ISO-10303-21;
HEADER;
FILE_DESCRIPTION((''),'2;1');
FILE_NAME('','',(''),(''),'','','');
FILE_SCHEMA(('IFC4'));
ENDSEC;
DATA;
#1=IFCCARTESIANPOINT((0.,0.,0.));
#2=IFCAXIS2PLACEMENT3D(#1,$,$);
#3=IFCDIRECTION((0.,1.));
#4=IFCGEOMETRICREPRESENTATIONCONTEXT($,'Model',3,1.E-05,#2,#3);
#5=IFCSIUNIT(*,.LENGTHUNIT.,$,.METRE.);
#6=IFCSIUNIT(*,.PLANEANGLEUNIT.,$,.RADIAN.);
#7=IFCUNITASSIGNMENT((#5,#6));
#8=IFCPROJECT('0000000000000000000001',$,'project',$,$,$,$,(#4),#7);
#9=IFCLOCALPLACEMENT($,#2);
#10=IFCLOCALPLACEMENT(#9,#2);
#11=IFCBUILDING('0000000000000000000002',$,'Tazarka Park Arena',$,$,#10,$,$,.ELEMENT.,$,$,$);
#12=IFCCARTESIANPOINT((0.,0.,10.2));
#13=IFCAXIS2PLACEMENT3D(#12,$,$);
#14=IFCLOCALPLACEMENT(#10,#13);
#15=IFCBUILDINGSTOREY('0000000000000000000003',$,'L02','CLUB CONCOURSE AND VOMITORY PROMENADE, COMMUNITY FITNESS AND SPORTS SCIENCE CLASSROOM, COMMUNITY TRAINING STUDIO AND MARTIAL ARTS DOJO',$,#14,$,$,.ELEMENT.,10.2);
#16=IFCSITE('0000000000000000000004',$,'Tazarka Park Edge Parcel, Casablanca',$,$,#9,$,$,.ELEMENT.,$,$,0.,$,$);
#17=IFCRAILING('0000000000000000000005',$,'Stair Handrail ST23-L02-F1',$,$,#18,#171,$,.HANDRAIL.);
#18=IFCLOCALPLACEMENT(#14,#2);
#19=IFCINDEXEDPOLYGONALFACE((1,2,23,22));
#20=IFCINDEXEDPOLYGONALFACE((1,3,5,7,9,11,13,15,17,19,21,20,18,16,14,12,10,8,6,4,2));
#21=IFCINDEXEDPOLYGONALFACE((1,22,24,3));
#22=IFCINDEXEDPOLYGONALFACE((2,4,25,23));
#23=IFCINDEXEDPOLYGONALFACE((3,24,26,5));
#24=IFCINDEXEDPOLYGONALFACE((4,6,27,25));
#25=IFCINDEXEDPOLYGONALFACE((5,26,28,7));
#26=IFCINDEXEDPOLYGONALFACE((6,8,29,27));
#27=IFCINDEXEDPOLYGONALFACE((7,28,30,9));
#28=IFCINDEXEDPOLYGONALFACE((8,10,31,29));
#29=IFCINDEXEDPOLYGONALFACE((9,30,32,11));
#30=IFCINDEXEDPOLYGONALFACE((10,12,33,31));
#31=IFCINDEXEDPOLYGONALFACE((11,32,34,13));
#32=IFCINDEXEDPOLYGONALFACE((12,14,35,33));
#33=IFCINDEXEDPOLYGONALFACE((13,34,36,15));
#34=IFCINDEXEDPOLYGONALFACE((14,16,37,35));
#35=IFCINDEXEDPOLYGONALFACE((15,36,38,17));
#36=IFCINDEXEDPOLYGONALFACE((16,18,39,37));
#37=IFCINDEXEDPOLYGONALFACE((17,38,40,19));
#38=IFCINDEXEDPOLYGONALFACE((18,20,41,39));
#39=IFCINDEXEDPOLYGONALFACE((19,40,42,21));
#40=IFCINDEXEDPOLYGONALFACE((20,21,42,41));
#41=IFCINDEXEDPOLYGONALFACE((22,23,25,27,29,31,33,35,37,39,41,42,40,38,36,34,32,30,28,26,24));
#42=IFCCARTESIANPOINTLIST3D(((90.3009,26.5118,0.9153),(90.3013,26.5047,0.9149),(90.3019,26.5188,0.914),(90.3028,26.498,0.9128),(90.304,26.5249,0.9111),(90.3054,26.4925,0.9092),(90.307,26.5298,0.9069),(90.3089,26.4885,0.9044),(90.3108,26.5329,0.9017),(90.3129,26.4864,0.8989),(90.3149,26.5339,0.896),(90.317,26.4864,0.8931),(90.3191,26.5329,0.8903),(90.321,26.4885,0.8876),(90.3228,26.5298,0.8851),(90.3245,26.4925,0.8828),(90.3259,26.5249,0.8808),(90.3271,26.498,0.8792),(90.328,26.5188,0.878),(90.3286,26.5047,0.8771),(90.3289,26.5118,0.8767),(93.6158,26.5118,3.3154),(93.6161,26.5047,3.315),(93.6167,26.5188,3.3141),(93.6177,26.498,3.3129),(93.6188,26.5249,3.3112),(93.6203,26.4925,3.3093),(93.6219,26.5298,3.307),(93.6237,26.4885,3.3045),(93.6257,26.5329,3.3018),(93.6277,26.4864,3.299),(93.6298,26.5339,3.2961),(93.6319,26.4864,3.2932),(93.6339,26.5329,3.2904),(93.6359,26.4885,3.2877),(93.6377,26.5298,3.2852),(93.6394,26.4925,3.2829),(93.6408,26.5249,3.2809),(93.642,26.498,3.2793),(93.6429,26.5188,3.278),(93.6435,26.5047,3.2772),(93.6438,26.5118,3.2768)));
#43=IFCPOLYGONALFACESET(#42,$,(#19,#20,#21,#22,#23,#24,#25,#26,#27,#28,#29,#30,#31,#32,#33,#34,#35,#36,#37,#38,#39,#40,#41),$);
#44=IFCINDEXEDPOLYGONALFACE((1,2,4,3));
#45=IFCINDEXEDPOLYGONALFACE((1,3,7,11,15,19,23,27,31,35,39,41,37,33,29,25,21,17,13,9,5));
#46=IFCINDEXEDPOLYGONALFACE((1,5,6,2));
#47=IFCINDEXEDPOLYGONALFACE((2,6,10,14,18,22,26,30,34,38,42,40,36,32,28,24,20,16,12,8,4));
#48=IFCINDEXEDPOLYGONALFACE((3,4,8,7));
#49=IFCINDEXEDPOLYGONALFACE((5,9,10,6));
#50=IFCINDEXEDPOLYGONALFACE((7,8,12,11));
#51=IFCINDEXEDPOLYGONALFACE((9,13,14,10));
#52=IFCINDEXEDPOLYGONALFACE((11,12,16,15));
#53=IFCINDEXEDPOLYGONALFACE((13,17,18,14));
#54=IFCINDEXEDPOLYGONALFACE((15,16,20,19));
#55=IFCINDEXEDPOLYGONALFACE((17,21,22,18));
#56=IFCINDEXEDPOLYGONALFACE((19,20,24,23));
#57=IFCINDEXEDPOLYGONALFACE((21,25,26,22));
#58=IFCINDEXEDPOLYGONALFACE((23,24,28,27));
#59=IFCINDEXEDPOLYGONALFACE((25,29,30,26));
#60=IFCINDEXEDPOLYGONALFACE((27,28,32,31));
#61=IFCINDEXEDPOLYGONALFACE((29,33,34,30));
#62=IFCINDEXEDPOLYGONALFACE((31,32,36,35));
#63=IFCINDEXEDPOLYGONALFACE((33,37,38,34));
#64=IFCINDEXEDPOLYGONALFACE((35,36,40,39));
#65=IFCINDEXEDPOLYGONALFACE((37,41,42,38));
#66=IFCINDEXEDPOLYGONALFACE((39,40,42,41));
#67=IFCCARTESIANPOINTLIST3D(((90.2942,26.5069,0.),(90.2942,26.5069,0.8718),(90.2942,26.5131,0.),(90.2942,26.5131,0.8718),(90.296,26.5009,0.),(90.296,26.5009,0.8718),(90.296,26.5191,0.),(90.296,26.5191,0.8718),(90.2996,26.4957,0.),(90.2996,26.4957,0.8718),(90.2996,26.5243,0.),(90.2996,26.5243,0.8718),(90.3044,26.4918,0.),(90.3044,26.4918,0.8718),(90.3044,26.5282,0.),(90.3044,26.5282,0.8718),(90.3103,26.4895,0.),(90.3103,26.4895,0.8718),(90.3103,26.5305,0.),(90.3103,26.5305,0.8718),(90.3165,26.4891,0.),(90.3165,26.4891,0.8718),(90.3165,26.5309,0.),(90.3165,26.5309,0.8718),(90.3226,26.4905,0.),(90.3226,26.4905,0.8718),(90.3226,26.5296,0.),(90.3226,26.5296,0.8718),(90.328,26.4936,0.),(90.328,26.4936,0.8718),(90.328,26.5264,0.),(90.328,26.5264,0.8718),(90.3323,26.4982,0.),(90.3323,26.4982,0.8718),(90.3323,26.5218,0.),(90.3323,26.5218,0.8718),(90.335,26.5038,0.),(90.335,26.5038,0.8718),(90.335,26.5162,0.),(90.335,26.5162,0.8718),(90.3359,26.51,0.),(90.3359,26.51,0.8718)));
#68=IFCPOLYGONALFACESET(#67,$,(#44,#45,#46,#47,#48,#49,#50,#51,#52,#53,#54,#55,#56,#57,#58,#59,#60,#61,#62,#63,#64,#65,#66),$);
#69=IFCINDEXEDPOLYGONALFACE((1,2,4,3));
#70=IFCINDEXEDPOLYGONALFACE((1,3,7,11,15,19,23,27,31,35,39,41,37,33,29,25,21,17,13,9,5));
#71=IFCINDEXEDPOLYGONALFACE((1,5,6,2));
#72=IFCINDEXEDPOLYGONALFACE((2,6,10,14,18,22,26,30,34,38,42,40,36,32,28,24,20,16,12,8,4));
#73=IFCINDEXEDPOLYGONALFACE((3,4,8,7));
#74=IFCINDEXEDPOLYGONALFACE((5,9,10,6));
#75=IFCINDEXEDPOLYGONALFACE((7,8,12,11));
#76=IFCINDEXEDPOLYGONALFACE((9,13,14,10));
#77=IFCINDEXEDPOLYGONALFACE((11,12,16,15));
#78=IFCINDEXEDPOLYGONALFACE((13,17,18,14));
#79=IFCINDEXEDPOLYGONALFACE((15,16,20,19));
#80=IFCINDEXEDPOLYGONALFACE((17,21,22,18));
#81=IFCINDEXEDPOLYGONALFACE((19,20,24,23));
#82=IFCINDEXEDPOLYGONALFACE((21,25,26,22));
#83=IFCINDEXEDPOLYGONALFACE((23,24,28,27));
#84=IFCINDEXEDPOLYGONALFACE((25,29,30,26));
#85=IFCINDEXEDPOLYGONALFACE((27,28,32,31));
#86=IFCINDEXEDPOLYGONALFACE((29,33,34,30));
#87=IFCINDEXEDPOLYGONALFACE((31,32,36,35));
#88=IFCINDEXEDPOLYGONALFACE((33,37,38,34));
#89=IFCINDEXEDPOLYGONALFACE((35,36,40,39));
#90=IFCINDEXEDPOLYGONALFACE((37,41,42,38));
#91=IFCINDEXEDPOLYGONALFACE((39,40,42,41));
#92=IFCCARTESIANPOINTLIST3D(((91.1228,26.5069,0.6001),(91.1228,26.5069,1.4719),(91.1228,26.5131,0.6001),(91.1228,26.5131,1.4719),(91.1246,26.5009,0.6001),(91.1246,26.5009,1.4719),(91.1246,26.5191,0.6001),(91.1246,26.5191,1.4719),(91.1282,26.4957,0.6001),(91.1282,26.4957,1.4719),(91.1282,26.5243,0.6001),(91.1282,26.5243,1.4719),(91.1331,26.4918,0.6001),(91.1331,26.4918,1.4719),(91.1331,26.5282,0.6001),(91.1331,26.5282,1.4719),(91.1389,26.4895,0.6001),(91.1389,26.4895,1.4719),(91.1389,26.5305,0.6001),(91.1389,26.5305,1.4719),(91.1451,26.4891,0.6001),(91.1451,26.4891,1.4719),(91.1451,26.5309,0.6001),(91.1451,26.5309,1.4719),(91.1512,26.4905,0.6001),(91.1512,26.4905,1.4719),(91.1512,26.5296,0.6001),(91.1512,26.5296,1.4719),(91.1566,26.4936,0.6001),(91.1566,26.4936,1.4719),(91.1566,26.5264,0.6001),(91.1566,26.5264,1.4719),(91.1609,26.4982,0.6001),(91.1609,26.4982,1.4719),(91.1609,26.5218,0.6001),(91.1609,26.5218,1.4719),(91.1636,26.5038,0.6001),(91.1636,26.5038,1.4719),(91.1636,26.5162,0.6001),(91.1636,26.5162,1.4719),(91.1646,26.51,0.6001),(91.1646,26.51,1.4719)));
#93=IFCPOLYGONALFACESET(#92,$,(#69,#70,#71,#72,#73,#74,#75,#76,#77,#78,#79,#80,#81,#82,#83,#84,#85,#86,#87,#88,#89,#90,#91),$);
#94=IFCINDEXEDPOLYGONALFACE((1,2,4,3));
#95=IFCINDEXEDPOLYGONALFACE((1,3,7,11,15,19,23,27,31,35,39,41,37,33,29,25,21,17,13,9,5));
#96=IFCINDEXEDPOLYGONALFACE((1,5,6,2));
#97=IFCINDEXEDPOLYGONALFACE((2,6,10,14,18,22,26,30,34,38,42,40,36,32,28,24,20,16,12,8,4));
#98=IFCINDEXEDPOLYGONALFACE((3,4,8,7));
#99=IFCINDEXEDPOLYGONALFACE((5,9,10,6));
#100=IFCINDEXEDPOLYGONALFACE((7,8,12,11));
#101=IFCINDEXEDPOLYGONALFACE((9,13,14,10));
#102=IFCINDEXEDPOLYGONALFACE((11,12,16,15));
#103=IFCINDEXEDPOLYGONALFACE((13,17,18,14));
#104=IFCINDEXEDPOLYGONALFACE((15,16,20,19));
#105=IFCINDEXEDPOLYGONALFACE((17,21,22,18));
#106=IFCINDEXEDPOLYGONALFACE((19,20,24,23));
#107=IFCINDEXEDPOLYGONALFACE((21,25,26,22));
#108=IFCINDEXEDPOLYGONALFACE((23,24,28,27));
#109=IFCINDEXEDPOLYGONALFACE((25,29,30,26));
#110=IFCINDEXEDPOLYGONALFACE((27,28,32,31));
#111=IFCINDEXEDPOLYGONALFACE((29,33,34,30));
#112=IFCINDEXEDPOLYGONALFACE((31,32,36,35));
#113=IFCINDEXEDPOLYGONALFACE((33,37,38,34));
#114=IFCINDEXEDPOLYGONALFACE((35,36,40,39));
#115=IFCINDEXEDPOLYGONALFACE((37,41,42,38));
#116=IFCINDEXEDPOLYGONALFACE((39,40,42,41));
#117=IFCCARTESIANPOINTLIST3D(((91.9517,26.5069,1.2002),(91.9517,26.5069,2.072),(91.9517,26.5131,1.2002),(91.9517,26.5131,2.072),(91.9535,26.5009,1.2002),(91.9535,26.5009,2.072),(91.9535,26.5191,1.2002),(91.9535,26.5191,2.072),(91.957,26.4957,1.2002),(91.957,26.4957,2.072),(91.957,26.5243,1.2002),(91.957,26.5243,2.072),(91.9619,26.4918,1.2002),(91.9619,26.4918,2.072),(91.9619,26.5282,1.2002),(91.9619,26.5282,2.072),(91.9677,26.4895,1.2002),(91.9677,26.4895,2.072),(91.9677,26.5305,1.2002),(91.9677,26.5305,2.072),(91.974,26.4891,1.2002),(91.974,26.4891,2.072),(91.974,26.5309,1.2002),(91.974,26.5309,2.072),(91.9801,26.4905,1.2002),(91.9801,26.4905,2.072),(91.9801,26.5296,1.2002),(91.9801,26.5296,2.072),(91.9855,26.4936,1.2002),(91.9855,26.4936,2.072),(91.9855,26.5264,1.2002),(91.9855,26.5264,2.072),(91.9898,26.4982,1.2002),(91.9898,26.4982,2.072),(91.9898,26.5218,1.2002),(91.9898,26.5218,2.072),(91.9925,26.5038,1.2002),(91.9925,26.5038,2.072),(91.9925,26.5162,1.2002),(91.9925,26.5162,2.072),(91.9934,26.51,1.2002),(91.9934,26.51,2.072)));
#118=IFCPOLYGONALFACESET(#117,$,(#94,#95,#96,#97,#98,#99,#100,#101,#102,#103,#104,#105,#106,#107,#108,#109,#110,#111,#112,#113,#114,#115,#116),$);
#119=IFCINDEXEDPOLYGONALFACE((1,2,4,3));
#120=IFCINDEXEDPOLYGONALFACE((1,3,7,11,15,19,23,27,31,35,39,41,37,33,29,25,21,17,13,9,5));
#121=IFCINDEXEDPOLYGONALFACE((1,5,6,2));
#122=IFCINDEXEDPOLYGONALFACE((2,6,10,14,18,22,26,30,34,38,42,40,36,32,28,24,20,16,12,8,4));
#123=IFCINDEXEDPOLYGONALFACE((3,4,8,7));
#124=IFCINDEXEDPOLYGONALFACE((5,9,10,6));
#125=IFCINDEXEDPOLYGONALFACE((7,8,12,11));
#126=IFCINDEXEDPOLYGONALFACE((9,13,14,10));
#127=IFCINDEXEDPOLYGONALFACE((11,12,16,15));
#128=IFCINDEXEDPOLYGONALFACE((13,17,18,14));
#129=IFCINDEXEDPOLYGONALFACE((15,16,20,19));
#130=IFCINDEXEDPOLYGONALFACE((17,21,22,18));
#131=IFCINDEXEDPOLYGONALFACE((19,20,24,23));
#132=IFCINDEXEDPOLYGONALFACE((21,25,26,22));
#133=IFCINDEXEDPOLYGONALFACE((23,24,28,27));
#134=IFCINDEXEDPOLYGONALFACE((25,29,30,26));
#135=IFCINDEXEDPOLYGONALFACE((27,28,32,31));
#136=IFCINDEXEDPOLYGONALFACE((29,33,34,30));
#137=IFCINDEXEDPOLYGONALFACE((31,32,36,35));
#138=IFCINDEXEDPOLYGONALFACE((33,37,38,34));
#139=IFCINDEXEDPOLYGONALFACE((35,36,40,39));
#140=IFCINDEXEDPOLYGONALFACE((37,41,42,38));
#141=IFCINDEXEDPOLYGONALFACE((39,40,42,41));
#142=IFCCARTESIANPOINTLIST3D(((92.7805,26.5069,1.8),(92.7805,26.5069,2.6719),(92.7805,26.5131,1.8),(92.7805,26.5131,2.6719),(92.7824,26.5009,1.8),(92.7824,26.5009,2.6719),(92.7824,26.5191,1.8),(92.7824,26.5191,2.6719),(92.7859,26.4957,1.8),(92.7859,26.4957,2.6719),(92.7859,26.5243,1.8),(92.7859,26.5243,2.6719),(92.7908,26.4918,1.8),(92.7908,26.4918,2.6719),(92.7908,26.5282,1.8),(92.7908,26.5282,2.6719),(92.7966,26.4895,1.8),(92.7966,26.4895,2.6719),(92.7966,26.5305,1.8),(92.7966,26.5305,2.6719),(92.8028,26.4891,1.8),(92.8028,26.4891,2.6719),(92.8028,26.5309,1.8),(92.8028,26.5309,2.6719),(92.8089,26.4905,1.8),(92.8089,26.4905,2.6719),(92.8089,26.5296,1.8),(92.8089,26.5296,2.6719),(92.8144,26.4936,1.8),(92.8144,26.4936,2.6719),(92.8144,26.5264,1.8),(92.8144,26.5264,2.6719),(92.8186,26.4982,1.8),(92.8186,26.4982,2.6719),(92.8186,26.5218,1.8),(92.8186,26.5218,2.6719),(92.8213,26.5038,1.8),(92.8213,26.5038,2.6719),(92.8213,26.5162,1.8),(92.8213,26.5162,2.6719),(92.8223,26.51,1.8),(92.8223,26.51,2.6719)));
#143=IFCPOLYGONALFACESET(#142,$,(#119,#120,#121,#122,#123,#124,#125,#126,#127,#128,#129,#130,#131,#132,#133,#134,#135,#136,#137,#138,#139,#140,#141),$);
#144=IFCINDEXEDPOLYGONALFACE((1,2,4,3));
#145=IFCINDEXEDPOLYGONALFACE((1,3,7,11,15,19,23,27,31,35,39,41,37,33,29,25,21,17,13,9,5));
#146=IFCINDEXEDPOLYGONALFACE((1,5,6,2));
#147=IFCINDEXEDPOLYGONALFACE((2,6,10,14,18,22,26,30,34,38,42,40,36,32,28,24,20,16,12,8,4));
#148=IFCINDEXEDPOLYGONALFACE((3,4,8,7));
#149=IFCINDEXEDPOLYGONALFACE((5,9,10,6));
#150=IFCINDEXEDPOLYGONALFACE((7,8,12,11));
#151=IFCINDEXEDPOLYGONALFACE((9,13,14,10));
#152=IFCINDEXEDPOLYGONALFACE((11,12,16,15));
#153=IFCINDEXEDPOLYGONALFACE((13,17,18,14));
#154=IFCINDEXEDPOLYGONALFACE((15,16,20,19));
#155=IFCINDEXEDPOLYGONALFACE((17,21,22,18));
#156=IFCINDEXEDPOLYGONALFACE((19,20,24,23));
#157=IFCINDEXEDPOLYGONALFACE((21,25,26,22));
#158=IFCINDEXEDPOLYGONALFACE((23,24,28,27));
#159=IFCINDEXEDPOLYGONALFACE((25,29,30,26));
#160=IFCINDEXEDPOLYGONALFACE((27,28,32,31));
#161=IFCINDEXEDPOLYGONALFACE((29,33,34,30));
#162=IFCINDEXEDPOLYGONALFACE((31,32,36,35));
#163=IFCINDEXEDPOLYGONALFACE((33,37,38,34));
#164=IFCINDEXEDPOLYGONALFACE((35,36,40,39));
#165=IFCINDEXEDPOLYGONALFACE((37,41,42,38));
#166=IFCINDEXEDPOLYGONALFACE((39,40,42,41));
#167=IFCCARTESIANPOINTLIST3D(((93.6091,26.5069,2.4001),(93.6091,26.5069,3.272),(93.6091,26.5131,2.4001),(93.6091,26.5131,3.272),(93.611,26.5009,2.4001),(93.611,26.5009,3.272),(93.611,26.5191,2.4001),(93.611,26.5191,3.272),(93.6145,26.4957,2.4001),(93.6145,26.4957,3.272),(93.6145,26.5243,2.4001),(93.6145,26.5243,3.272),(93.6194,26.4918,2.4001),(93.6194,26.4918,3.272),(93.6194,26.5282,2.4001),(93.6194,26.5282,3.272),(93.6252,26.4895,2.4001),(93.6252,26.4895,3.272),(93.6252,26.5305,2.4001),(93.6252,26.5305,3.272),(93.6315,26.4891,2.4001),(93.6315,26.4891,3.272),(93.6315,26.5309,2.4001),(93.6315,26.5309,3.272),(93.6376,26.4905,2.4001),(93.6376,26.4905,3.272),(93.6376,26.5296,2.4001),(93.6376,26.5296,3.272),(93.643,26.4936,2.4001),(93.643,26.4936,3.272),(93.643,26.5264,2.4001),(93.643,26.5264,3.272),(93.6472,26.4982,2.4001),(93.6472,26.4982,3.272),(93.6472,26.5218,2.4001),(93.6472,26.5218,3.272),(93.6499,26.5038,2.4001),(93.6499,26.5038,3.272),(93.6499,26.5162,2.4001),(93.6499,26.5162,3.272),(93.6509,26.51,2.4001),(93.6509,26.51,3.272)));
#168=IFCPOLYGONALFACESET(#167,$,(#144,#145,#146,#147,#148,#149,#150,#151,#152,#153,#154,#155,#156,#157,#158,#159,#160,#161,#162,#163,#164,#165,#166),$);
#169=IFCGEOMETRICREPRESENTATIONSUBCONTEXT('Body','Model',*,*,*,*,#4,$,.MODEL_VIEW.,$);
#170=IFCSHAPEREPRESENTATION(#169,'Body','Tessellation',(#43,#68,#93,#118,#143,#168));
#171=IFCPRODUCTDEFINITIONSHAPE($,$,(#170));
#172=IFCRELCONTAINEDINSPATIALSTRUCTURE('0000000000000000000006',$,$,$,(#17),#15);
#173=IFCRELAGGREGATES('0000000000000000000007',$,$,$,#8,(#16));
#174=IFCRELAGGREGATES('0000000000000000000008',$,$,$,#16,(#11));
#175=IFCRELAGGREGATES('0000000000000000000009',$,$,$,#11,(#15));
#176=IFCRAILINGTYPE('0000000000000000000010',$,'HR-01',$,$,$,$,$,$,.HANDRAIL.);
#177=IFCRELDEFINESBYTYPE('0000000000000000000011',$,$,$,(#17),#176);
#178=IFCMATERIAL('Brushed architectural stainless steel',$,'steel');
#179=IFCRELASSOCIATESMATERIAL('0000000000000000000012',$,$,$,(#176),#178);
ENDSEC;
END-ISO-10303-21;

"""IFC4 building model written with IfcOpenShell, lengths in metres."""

from ifc_helpers import new_model, si_unit, direction, frame, origin, origin_2d, place, context, subcontext, project, spatial, circle, extrude, material, type_object, element, save


model = new_model("IFC4")

# Units and contexts
model_context = context("Model", 3, precision=1e-05, world=origin(), true_north=direction((0.0, 1.0)))
body_context = subcontext(model_context, "Body", "Model", "MODEL_VIEW")
ifc_project = project(units=[si_unit("LENGTHUNIT", "METRE"), si_unit("PLANEANGLEUNIT", "RADIAN")], contexts=[model_context])

# Site, building, storey
site_placement = place(None, origin())
site = spatial("IfcSite", under=ifc_project, at=site_placement, Name="Tazarka Park Edge Parcel, Casablanca", CompositionType="ELEMENT", RefElevation=0.0)
building_placement = place(site_placement, origin())
building = spatial("IfcBuilding", under=site, at=building_placement, Name="Tazarka Park Arena", CompositionType="ELEMENT")
storey_placement = place(building_placement, frame((0.0, 0.0, 10.2)))
storey = spatial("IfcBuildingStorey", under=building, at=storey_placement, Name="L02", Description="CLUB CONCOURSE AND VOMITORY PROMENADE, COMMUNITY FITNESS AND SPORTS SCIENCE CLASSROOM, COMMUNITY TRAINING STUDIO AND MARTIAL ARTS DOJO", CompositionType="ELEMENT", Elevation=10.2)

# Railing
ifc_material_1 = material(Name="Brushed architectural stainless steel", Category="steel")
railing_type_1 = type_object("IfcRailingType", Name="HR-01", PredefinedType="HANDRAIL", material=ifc_material_1)
railing_1_placement = place(storey_placement, frame((90.3149, 26.51, 0.0)))
element("IfcRailing", 1, at=railing_1_placement, inside=storey, type_object=railing_type_1, Name="Stair Handrail ST23-L02-F1", PredefinedType="HANDRAIL", context=body_context, shape_type="SweptSolid", body=[
    extrude(circle(Radius=0.0239, at=origin_2d()), frame((0.0, 0.0, 0.896), z_axis=(0.80998, 0.0, 0.586457), x_axis=(0.0, 1.0, 0.0)), (0.0, 0.0, 1.0), 4.0925),
    extrude(circle(Radius=0.021, at=origin_2d()), origin(), (0.0, 0.0, 1.0), 0.8718),
    extrude(circle(Radius=0.021, at=origin_2d()), frame((0.8286, 0.0, 0.6001)), (0.0, 0.0, 1.0), 0.8718),
    extrude(circle(Radius=0.021, at=origin_2d()), frame((1.6575, 0.0, 1.2002)), (0.0, 0.0, 1.0), 0.8718),
    extrude(circle(Radius=0.021, at=origin_2d()), frame((2.4863, 0.0, 1.8)), (0.0, 0.0, 1.0), 0.8718),
    extrude(circle(Radius=0.021, at=origin_2d()), frame((3.3149, 0.0, 2.4001)), (0.0, 0.0, 1.0), 0.8718),
])

save(model, "model.ifc")
